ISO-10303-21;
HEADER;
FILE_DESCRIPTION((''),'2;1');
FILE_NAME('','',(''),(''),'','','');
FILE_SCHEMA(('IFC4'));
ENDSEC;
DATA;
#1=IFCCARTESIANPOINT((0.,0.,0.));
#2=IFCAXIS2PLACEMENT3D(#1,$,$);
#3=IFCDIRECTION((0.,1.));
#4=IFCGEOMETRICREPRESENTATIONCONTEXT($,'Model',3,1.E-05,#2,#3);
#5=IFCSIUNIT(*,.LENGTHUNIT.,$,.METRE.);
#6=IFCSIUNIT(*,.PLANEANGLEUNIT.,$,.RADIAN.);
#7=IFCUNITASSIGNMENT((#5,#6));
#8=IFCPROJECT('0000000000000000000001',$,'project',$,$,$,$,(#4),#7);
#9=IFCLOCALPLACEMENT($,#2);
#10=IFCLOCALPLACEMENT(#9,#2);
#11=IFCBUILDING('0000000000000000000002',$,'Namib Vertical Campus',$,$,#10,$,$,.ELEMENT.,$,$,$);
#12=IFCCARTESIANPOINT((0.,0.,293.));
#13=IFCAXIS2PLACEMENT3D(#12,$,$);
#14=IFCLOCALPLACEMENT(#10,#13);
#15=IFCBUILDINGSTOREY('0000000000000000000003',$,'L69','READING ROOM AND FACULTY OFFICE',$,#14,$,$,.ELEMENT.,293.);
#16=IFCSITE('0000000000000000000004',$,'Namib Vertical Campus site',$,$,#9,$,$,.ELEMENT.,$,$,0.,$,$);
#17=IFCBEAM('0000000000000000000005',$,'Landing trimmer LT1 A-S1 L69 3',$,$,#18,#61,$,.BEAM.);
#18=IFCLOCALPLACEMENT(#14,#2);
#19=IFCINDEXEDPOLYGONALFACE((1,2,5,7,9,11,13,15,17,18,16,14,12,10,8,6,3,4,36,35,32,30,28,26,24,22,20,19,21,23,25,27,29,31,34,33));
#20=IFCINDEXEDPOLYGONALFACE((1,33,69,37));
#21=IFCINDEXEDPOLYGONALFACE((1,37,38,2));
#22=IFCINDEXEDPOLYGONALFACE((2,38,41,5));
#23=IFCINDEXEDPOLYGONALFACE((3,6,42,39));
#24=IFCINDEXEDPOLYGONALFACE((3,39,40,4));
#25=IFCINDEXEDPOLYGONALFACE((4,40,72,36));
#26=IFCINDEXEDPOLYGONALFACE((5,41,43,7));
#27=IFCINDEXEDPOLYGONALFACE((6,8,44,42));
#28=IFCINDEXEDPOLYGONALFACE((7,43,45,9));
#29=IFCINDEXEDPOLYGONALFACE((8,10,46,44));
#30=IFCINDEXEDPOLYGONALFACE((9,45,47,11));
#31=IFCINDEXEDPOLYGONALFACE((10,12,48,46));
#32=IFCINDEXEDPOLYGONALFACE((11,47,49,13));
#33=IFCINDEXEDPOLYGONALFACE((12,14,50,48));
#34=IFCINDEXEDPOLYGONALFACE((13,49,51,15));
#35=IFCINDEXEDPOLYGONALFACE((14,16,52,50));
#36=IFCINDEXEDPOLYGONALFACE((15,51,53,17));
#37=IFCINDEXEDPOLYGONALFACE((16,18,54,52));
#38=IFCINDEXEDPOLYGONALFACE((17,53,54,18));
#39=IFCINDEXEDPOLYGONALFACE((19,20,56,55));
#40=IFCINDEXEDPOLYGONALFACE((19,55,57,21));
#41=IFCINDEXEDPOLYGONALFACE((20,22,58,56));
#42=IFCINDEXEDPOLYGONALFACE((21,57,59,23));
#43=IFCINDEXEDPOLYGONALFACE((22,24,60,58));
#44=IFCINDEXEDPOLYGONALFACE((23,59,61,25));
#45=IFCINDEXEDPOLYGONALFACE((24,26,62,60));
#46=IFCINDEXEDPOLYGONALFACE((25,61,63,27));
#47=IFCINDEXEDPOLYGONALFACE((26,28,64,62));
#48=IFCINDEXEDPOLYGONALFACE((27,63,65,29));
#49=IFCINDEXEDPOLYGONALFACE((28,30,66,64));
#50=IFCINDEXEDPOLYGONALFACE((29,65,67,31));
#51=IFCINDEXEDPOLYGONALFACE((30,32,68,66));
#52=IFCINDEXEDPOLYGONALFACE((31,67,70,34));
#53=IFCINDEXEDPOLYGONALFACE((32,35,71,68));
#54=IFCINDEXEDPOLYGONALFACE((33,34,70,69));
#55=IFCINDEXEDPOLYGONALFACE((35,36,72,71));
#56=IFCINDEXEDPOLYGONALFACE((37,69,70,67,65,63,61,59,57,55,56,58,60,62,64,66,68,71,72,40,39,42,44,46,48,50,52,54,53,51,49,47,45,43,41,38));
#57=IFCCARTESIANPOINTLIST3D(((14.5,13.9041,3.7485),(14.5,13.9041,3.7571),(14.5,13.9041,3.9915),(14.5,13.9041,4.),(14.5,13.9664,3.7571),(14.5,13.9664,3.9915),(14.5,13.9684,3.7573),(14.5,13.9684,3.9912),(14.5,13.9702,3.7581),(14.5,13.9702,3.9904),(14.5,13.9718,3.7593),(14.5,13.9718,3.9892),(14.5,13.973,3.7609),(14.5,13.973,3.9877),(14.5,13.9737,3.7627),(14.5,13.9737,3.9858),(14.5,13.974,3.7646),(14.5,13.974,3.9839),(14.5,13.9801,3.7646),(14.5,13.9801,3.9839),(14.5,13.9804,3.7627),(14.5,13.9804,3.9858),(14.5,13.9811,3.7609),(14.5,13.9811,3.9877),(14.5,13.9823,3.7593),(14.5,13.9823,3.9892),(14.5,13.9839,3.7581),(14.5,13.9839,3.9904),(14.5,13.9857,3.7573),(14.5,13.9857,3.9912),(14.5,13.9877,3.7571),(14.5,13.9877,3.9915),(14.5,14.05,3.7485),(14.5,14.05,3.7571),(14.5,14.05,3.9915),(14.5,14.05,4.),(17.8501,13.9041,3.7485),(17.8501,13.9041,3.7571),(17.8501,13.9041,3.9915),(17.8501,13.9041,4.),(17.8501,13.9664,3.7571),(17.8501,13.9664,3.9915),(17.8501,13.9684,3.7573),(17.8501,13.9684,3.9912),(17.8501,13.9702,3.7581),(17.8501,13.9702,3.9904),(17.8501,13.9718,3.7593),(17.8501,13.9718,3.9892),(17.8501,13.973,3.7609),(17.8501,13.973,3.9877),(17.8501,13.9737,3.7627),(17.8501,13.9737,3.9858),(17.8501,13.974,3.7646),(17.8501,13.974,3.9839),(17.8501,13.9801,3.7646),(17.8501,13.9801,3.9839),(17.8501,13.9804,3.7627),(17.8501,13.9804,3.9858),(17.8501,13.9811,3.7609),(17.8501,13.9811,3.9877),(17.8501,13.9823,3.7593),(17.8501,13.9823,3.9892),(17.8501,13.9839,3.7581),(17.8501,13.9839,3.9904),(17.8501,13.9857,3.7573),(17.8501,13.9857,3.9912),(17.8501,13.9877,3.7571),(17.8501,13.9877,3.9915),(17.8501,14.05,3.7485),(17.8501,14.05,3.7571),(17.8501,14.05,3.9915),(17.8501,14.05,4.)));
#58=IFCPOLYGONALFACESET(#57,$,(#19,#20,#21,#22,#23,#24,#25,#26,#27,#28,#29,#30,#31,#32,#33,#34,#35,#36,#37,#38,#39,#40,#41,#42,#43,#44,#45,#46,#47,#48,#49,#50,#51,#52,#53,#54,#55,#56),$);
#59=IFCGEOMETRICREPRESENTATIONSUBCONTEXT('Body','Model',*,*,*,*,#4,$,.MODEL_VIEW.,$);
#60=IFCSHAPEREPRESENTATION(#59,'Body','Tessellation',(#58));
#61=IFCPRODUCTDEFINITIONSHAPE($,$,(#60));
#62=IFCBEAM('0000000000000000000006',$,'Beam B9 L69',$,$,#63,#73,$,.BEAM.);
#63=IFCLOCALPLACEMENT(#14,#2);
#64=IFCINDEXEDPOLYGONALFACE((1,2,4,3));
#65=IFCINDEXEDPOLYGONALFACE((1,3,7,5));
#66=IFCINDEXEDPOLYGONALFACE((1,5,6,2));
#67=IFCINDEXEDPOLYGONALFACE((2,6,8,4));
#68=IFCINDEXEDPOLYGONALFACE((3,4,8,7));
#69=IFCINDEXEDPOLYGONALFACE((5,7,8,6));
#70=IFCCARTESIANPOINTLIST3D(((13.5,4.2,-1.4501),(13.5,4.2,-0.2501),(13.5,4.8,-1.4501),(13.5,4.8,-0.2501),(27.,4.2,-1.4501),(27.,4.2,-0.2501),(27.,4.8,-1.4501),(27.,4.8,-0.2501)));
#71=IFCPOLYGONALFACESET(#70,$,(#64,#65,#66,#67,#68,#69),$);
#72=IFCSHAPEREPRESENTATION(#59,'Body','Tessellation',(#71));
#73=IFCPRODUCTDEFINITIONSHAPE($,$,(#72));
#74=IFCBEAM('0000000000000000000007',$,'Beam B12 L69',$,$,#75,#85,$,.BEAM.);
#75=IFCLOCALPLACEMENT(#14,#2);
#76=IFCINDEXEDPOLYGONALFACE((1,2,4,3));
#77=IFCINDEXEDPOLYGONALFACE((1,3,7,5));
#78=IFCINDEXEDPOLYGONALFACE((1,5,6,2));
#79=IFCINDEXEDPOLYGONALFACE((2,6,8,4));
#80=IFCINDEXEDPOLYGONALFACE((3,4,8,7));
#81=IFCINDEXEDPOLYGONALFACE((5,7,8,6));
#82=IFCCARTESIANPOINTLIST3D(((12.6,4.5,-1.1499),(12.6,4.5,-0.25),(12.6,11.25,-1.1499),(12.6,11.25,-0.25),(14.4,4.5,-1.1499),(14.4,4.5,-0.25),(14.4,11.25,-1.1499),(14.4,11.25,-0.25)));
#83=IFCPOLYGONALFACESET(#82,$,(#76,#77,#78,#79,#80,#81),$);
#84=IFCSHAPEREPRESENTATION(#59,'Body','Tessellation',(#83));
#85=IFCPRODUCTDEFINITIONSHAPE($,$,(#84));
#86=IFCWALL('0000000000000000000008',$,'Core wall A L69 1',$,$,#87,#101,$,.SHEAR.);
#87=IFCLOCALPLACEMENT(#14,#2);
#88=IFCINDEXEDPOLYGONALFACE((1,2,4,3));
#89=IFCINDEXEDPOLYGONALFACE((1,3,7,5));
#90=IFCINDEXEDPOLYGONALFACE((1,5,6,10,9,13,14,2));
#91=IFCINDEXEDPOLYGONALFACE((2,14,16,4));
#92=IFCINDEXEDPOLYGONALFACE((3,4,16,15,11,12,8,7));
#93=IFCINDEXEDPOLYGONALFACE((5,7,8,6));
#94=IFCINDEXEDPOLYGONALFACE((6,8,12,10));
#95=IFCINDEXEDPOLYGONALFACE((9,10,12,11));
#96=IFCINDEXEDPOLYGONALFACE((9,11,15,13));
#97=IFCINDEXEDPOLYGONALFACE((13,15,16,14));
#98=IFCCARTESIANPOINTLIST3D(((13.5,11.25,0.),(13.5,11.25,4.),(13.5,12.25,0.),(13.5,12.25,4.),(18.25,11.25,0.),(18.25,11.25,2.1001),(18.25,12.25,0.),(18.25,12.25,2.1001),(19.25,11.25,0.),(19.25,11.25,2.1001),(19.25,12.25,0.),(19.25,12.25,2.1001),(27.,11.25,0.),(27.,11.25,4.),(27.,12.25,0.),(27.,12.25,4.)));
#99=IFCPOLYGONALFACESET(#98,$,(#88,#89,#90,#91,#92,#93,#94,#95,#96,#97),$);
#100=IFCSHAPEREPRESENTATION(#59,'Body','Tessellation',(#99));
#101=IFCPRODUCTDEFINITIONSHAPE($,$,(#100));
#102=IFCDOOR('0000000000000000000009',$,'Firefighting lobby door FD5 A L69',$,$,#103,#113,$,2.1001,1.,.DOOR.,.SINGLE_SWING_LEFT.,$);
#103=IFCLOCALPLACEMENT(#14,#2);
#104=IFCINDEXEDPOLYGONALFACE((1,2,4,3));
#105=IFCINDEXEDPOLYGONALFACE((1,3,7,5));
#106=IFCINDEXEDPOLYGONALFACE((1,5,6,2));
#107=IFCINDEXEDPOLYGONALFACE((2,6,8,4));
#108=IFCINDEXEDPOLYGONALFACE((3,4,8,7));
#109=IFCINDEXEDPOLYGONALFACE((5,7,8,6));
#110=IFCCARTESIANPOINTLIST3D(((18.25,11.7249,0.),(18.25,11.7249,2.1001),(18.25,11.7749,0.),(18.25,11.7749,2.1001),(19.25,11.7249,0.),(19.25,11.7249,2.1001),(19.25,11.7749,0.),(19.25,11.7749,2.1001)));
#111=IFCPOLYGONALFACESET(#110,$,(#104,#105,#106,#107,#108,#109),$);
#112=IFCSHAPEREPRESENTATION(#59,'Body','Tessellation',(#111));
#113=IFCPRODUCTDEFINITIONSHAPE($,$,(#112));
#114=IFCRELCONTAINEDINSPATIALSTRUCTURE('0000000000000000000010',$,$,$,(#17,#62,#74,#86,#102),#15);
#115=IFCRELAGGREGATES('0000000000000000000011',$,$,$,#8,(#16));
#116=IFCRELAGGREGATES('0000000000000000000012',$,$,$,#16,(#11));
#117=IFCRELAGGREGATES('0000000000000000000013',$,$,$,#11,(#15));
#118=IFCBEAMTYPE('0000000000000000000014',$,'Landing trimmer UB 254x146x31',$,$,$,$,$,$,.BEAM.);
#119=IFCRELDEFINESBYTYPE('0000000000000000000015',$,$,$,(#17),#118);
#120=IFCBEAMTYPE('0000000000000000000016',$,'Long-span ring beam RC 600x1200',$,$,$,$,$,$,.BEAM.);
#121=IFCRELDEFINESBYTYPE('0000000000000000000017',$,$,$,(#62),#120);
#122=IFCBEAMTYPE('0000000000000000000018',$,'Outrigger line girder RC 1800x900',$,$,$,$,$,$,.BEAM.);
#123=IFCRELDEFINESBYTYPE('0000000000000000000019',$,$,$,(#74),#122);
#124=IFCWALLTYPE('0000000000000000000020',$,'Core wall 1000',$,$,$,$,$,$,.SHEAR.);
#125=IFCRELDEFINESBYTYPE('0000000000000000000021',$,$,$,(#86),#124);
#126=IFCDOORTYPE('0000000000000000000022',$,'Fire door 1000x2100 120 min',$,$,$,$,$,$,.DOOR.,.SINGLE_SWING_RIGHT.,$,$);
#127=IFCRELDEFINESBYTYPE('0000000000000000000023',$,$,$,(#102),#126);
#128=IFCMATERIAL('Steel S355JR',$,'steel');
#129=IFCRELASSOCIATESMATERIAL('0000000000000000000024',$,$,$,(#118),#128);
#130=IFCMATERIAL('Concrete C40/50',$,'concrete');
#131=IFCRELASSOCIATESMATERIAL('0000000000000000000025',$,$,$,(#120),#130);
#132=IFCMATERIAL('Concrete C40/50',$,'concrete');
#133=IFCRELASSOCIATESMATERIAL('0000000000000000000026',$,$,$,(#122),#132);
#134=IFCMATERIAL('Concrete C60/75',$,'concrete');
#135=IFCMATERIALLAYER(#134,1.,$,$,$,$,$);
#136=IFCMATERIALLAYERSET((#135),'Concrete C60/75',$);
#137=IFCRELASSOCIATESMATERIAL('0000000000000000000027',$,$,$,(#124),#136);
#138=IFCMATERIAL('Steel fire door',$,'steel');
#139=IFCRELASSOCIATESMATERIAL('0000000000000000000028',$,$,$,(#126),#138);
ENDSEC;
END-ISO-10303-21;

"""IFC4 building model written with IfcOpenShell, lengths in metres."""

from ifc_helpers import new_model, si_unit, direction, frame, frame_2d, origin, origin_2d, place, context, subcontext, project, spatial, rectangle, i_section, extrude, material, layer, layer_set, material_profile, profile_set, type_object, element, fill, save


model = new_model("IFC4")

# Units and contexts
model_context = context("Model", 3, precision=1e-05, world=origin(), true_north=direction((0.0, 1.0)))
body_context = subcontext(model_context, "Body", "Model", "MODEL_VIEW")
ifc_project = project(units=[si_unit("LENGTHUNIT", "METRE"), si_unit("PLANEANGLEUNIT", "RADIAN")], contexts=[model_context])

# Site, building, storey
site_placement = place(None, origin())
site = spatial("IfcSite", under=ifc_project, at=site_placement, Name="Namib Vertical Campus site", CompositionType="ELEMENT", RefElevation=0.0)
building_placement = place(site_placement, origin())
building = spatial("IfcBuilding", under=site, at=building_placement, Name="Namib Vertical Campus", CompositionType="ELEMENT")
storey_placement = place(building_placement, frame((0.0, 0.0, 293.0)))
storey = spatial("IfcBuildingStorey", under=building, at=storey_placement, Name="L69", Description="READING ROOM AND FACULTY OFFICE", CompositionType="ELEMENT", Elevation=293.0)

# Beams
ifc_material_1 = material(Name="Steel S355JR", Category="steel")
ifc_material_profile_1 = material_profile(ifc_material_1, i_section(OverallWidth=0.146, OverallDepth=0.2515, WebThickness=0.0061, FlangeThickness=0.0085, FilletRadius=0.0076, at=origin_2d()))
ifc_profile_set_1 = profile_set([ifc_material_profile_1], Name="Steel S355JR")
beam_type_1 = type_object("IfcBeamType", Name="Landing trimmer UB 254x146x31", PredefinedType="BEAM", material=ifc_profile_set_1)
for number, where, z_axis, x_axis, name in (
    (1, (14.5, 13.9771, 3.8743), (1.0, 0.0, 0.0), (0.0, 1.0, 0.0), "Landing trimmer LT1 A-S1 L69 3"),
):
    element("IfcBeam", number, at=place(storey_placement, frame(where, z_axis=z_axis, x_axis=x_axis)), inside=storey, type_object=beam_type_1, Name=name, PredefinedType="BEAM", context=body_context, shape_type="SweptSolid", body=[
        extrude(i_section(OverallWidth=0.146, OverallDepth=0.2515, WebThickness=0.0061, FlangeThickness=0.0085, FilletRadius=0.0076, at=origin_2d()), origin(), (0.0, 0.0, 1.0), 3.3501),
    ])
ifc_material_2 = material(Name="Concrete C40/50", Category="concrete")
ifc_material_profile_2 = material_profile(ifc_material_2, rectangle(XDim=0.6001, YDim=1.2, at=origin_2d()))
ifc_profile_set_2 = profile_set([ifc_material_profile_2], Name="Concrete C40/50")
beam_type_2 = type_object("IfcBeamType", Name="Long-span ring beam RC 600x1200", PredefinedType="BEAM", material=ifc_profile_set_2)
beam_1_placement = place(storey_placement, frame((13.5, 4.5, -0.8501), z_axis=(1.0, 0.0, 0.0), x_axis=(0.0, 1.0, 0.0)))
element("IfcBeam", 2, at=beam_1_placement, inside=storey, type_object=beam_type_2, Name="Beam B9 L69", PredefinedType="BEAM", context=body_context, shape_type="SweptSolid", body=[
    extrude(rectangle(XDim=0.6001, YDim=1.2, at=origin_2d()), origin(), (0.0, 0.0, 1.0), 13.5),
])
ifc_material_3 = material(Name="Concrete C40/50", Category="concrete")
ifc_material_profile_3 = material_profile(ifc_material_3, rectangle(XDim=1.8, YDim=0.8999, at=origin_2d()))
ifc_profile_set_3 = profile_set([ifc_material_profile_3], Name="Concrete C40/50")
beam_type_3 = type_object("IfcBeamType", Name="Outrigger line girder RC 1800x900", PredefinedType="BEAM", material=ifc_profile_set_3)
beam_2_placement = place(storey_placement, frame((13.5, 4.5, -0.7), z_axis=(0.0, 1.0, 0.0), x_axis=(-1.0, 0.0, 0.0)))
element("IfcBeam", 3, at=beam_2_placement, inside=storey, type_object=beam_type_3, Name="Beam B12 L69", PredefinedType="BEAM", context=body_context, shape_type="SweptSolid", body=[
    extrude(rectangle(XDim=1.8, YDim=0.8999, at=origin_2d()), origin(), (0.0, 0.0, 1.0), 6.75),
])

# Wall, opening, door
ifc_material_4 = material(Name="Concrete C60/75", Category="concrete")
ifc_layer_1 = layer(ifc_material_4, 1.0)
ifc_layer_set_1 = layer_set([ifc_layer_1], Name="Concrete C60/75")
wall_type_1 = type_object("IfcWallType", Name="Core wall 1000", PredefinedType="SHEAR", material=ifc_layer_set_1)
wall_1_placement = place(storey_placement, frame((13.5, 11.75, 0.0), z_axis=(0.0, 0.0, 1.0), x_axis=(1.0, 0.0, 0.0)))
wall_1 = element("IfcWall", 4, at=wall_1_placement, inside=storey, type_object=wall_type_1, Name="Core wall A L69 1", PredefinedType="SHEAR", context=body_context, shape_type="SweptSolid", body=[
    extrude(rectangle(XDim=13.5, YDim=1.0, at=frame_2d((6.75, 0.0))), origin(), (0.0, 0.0, 1.0), 4.0),
])
opening_1_placement = place(wall_1_placement, frame((4.75, 0.0, 0.0)))
opening_1 = element("IfcOpeningElement", 5, at=opening_1_placement, cuts=wall_1, PredefinedType="OPENING", context=body_context, shape_type="SweptSolid", body=[
    extrude(rectangle(XDim=1.0, YDim=2.1001, at=frame_2d((0.5, 1.05))), frame((0.0, 0.51, 0.0), z_axis=(0.0, -1.0, 0.0), x_axis=(1.0, 0.0, 0.0)), (0.0, 0.0, 1.0), 1.02),
])
ifc_material_5 = material(Name="Steel fire door", Category="steel")
door_type_1 = type_object("IfcDoorType", Name="Fire door 1000x2100 120 min", OperationType="SINGLE_SWING_RIGHT", PredefinedType="DOOR", material=ifc_material_5)
door_1_placement = place(opening_1_placement, origin())
door_1 = element("IfcDoor", 6, at=door_1_placement, inside=storey, type_object=door_type_1, Name="Firefighting lobby door FD5 A L69", OperationType="SINGLE_SWING_LEFT", OverallHeight=2.1001, OverallWidth=1.0, PredefinedType="DOOR", context=body_context, shape_type="SweptSolid", body=[
    extrude(rectangle(XDim=1.0, YDim=2.1001, at=frame_2d((0.5, 1.05))), frame((0.0, 0.0249, 0.0), z_axis=(0.0, -1.0, 0.0), x_axis=(1.0, 0.0, 0.0)), (0.0, 0.0, 1.0), 0.05),
])
fill(opening_1, door_1)

save(model, "model.ifc")
